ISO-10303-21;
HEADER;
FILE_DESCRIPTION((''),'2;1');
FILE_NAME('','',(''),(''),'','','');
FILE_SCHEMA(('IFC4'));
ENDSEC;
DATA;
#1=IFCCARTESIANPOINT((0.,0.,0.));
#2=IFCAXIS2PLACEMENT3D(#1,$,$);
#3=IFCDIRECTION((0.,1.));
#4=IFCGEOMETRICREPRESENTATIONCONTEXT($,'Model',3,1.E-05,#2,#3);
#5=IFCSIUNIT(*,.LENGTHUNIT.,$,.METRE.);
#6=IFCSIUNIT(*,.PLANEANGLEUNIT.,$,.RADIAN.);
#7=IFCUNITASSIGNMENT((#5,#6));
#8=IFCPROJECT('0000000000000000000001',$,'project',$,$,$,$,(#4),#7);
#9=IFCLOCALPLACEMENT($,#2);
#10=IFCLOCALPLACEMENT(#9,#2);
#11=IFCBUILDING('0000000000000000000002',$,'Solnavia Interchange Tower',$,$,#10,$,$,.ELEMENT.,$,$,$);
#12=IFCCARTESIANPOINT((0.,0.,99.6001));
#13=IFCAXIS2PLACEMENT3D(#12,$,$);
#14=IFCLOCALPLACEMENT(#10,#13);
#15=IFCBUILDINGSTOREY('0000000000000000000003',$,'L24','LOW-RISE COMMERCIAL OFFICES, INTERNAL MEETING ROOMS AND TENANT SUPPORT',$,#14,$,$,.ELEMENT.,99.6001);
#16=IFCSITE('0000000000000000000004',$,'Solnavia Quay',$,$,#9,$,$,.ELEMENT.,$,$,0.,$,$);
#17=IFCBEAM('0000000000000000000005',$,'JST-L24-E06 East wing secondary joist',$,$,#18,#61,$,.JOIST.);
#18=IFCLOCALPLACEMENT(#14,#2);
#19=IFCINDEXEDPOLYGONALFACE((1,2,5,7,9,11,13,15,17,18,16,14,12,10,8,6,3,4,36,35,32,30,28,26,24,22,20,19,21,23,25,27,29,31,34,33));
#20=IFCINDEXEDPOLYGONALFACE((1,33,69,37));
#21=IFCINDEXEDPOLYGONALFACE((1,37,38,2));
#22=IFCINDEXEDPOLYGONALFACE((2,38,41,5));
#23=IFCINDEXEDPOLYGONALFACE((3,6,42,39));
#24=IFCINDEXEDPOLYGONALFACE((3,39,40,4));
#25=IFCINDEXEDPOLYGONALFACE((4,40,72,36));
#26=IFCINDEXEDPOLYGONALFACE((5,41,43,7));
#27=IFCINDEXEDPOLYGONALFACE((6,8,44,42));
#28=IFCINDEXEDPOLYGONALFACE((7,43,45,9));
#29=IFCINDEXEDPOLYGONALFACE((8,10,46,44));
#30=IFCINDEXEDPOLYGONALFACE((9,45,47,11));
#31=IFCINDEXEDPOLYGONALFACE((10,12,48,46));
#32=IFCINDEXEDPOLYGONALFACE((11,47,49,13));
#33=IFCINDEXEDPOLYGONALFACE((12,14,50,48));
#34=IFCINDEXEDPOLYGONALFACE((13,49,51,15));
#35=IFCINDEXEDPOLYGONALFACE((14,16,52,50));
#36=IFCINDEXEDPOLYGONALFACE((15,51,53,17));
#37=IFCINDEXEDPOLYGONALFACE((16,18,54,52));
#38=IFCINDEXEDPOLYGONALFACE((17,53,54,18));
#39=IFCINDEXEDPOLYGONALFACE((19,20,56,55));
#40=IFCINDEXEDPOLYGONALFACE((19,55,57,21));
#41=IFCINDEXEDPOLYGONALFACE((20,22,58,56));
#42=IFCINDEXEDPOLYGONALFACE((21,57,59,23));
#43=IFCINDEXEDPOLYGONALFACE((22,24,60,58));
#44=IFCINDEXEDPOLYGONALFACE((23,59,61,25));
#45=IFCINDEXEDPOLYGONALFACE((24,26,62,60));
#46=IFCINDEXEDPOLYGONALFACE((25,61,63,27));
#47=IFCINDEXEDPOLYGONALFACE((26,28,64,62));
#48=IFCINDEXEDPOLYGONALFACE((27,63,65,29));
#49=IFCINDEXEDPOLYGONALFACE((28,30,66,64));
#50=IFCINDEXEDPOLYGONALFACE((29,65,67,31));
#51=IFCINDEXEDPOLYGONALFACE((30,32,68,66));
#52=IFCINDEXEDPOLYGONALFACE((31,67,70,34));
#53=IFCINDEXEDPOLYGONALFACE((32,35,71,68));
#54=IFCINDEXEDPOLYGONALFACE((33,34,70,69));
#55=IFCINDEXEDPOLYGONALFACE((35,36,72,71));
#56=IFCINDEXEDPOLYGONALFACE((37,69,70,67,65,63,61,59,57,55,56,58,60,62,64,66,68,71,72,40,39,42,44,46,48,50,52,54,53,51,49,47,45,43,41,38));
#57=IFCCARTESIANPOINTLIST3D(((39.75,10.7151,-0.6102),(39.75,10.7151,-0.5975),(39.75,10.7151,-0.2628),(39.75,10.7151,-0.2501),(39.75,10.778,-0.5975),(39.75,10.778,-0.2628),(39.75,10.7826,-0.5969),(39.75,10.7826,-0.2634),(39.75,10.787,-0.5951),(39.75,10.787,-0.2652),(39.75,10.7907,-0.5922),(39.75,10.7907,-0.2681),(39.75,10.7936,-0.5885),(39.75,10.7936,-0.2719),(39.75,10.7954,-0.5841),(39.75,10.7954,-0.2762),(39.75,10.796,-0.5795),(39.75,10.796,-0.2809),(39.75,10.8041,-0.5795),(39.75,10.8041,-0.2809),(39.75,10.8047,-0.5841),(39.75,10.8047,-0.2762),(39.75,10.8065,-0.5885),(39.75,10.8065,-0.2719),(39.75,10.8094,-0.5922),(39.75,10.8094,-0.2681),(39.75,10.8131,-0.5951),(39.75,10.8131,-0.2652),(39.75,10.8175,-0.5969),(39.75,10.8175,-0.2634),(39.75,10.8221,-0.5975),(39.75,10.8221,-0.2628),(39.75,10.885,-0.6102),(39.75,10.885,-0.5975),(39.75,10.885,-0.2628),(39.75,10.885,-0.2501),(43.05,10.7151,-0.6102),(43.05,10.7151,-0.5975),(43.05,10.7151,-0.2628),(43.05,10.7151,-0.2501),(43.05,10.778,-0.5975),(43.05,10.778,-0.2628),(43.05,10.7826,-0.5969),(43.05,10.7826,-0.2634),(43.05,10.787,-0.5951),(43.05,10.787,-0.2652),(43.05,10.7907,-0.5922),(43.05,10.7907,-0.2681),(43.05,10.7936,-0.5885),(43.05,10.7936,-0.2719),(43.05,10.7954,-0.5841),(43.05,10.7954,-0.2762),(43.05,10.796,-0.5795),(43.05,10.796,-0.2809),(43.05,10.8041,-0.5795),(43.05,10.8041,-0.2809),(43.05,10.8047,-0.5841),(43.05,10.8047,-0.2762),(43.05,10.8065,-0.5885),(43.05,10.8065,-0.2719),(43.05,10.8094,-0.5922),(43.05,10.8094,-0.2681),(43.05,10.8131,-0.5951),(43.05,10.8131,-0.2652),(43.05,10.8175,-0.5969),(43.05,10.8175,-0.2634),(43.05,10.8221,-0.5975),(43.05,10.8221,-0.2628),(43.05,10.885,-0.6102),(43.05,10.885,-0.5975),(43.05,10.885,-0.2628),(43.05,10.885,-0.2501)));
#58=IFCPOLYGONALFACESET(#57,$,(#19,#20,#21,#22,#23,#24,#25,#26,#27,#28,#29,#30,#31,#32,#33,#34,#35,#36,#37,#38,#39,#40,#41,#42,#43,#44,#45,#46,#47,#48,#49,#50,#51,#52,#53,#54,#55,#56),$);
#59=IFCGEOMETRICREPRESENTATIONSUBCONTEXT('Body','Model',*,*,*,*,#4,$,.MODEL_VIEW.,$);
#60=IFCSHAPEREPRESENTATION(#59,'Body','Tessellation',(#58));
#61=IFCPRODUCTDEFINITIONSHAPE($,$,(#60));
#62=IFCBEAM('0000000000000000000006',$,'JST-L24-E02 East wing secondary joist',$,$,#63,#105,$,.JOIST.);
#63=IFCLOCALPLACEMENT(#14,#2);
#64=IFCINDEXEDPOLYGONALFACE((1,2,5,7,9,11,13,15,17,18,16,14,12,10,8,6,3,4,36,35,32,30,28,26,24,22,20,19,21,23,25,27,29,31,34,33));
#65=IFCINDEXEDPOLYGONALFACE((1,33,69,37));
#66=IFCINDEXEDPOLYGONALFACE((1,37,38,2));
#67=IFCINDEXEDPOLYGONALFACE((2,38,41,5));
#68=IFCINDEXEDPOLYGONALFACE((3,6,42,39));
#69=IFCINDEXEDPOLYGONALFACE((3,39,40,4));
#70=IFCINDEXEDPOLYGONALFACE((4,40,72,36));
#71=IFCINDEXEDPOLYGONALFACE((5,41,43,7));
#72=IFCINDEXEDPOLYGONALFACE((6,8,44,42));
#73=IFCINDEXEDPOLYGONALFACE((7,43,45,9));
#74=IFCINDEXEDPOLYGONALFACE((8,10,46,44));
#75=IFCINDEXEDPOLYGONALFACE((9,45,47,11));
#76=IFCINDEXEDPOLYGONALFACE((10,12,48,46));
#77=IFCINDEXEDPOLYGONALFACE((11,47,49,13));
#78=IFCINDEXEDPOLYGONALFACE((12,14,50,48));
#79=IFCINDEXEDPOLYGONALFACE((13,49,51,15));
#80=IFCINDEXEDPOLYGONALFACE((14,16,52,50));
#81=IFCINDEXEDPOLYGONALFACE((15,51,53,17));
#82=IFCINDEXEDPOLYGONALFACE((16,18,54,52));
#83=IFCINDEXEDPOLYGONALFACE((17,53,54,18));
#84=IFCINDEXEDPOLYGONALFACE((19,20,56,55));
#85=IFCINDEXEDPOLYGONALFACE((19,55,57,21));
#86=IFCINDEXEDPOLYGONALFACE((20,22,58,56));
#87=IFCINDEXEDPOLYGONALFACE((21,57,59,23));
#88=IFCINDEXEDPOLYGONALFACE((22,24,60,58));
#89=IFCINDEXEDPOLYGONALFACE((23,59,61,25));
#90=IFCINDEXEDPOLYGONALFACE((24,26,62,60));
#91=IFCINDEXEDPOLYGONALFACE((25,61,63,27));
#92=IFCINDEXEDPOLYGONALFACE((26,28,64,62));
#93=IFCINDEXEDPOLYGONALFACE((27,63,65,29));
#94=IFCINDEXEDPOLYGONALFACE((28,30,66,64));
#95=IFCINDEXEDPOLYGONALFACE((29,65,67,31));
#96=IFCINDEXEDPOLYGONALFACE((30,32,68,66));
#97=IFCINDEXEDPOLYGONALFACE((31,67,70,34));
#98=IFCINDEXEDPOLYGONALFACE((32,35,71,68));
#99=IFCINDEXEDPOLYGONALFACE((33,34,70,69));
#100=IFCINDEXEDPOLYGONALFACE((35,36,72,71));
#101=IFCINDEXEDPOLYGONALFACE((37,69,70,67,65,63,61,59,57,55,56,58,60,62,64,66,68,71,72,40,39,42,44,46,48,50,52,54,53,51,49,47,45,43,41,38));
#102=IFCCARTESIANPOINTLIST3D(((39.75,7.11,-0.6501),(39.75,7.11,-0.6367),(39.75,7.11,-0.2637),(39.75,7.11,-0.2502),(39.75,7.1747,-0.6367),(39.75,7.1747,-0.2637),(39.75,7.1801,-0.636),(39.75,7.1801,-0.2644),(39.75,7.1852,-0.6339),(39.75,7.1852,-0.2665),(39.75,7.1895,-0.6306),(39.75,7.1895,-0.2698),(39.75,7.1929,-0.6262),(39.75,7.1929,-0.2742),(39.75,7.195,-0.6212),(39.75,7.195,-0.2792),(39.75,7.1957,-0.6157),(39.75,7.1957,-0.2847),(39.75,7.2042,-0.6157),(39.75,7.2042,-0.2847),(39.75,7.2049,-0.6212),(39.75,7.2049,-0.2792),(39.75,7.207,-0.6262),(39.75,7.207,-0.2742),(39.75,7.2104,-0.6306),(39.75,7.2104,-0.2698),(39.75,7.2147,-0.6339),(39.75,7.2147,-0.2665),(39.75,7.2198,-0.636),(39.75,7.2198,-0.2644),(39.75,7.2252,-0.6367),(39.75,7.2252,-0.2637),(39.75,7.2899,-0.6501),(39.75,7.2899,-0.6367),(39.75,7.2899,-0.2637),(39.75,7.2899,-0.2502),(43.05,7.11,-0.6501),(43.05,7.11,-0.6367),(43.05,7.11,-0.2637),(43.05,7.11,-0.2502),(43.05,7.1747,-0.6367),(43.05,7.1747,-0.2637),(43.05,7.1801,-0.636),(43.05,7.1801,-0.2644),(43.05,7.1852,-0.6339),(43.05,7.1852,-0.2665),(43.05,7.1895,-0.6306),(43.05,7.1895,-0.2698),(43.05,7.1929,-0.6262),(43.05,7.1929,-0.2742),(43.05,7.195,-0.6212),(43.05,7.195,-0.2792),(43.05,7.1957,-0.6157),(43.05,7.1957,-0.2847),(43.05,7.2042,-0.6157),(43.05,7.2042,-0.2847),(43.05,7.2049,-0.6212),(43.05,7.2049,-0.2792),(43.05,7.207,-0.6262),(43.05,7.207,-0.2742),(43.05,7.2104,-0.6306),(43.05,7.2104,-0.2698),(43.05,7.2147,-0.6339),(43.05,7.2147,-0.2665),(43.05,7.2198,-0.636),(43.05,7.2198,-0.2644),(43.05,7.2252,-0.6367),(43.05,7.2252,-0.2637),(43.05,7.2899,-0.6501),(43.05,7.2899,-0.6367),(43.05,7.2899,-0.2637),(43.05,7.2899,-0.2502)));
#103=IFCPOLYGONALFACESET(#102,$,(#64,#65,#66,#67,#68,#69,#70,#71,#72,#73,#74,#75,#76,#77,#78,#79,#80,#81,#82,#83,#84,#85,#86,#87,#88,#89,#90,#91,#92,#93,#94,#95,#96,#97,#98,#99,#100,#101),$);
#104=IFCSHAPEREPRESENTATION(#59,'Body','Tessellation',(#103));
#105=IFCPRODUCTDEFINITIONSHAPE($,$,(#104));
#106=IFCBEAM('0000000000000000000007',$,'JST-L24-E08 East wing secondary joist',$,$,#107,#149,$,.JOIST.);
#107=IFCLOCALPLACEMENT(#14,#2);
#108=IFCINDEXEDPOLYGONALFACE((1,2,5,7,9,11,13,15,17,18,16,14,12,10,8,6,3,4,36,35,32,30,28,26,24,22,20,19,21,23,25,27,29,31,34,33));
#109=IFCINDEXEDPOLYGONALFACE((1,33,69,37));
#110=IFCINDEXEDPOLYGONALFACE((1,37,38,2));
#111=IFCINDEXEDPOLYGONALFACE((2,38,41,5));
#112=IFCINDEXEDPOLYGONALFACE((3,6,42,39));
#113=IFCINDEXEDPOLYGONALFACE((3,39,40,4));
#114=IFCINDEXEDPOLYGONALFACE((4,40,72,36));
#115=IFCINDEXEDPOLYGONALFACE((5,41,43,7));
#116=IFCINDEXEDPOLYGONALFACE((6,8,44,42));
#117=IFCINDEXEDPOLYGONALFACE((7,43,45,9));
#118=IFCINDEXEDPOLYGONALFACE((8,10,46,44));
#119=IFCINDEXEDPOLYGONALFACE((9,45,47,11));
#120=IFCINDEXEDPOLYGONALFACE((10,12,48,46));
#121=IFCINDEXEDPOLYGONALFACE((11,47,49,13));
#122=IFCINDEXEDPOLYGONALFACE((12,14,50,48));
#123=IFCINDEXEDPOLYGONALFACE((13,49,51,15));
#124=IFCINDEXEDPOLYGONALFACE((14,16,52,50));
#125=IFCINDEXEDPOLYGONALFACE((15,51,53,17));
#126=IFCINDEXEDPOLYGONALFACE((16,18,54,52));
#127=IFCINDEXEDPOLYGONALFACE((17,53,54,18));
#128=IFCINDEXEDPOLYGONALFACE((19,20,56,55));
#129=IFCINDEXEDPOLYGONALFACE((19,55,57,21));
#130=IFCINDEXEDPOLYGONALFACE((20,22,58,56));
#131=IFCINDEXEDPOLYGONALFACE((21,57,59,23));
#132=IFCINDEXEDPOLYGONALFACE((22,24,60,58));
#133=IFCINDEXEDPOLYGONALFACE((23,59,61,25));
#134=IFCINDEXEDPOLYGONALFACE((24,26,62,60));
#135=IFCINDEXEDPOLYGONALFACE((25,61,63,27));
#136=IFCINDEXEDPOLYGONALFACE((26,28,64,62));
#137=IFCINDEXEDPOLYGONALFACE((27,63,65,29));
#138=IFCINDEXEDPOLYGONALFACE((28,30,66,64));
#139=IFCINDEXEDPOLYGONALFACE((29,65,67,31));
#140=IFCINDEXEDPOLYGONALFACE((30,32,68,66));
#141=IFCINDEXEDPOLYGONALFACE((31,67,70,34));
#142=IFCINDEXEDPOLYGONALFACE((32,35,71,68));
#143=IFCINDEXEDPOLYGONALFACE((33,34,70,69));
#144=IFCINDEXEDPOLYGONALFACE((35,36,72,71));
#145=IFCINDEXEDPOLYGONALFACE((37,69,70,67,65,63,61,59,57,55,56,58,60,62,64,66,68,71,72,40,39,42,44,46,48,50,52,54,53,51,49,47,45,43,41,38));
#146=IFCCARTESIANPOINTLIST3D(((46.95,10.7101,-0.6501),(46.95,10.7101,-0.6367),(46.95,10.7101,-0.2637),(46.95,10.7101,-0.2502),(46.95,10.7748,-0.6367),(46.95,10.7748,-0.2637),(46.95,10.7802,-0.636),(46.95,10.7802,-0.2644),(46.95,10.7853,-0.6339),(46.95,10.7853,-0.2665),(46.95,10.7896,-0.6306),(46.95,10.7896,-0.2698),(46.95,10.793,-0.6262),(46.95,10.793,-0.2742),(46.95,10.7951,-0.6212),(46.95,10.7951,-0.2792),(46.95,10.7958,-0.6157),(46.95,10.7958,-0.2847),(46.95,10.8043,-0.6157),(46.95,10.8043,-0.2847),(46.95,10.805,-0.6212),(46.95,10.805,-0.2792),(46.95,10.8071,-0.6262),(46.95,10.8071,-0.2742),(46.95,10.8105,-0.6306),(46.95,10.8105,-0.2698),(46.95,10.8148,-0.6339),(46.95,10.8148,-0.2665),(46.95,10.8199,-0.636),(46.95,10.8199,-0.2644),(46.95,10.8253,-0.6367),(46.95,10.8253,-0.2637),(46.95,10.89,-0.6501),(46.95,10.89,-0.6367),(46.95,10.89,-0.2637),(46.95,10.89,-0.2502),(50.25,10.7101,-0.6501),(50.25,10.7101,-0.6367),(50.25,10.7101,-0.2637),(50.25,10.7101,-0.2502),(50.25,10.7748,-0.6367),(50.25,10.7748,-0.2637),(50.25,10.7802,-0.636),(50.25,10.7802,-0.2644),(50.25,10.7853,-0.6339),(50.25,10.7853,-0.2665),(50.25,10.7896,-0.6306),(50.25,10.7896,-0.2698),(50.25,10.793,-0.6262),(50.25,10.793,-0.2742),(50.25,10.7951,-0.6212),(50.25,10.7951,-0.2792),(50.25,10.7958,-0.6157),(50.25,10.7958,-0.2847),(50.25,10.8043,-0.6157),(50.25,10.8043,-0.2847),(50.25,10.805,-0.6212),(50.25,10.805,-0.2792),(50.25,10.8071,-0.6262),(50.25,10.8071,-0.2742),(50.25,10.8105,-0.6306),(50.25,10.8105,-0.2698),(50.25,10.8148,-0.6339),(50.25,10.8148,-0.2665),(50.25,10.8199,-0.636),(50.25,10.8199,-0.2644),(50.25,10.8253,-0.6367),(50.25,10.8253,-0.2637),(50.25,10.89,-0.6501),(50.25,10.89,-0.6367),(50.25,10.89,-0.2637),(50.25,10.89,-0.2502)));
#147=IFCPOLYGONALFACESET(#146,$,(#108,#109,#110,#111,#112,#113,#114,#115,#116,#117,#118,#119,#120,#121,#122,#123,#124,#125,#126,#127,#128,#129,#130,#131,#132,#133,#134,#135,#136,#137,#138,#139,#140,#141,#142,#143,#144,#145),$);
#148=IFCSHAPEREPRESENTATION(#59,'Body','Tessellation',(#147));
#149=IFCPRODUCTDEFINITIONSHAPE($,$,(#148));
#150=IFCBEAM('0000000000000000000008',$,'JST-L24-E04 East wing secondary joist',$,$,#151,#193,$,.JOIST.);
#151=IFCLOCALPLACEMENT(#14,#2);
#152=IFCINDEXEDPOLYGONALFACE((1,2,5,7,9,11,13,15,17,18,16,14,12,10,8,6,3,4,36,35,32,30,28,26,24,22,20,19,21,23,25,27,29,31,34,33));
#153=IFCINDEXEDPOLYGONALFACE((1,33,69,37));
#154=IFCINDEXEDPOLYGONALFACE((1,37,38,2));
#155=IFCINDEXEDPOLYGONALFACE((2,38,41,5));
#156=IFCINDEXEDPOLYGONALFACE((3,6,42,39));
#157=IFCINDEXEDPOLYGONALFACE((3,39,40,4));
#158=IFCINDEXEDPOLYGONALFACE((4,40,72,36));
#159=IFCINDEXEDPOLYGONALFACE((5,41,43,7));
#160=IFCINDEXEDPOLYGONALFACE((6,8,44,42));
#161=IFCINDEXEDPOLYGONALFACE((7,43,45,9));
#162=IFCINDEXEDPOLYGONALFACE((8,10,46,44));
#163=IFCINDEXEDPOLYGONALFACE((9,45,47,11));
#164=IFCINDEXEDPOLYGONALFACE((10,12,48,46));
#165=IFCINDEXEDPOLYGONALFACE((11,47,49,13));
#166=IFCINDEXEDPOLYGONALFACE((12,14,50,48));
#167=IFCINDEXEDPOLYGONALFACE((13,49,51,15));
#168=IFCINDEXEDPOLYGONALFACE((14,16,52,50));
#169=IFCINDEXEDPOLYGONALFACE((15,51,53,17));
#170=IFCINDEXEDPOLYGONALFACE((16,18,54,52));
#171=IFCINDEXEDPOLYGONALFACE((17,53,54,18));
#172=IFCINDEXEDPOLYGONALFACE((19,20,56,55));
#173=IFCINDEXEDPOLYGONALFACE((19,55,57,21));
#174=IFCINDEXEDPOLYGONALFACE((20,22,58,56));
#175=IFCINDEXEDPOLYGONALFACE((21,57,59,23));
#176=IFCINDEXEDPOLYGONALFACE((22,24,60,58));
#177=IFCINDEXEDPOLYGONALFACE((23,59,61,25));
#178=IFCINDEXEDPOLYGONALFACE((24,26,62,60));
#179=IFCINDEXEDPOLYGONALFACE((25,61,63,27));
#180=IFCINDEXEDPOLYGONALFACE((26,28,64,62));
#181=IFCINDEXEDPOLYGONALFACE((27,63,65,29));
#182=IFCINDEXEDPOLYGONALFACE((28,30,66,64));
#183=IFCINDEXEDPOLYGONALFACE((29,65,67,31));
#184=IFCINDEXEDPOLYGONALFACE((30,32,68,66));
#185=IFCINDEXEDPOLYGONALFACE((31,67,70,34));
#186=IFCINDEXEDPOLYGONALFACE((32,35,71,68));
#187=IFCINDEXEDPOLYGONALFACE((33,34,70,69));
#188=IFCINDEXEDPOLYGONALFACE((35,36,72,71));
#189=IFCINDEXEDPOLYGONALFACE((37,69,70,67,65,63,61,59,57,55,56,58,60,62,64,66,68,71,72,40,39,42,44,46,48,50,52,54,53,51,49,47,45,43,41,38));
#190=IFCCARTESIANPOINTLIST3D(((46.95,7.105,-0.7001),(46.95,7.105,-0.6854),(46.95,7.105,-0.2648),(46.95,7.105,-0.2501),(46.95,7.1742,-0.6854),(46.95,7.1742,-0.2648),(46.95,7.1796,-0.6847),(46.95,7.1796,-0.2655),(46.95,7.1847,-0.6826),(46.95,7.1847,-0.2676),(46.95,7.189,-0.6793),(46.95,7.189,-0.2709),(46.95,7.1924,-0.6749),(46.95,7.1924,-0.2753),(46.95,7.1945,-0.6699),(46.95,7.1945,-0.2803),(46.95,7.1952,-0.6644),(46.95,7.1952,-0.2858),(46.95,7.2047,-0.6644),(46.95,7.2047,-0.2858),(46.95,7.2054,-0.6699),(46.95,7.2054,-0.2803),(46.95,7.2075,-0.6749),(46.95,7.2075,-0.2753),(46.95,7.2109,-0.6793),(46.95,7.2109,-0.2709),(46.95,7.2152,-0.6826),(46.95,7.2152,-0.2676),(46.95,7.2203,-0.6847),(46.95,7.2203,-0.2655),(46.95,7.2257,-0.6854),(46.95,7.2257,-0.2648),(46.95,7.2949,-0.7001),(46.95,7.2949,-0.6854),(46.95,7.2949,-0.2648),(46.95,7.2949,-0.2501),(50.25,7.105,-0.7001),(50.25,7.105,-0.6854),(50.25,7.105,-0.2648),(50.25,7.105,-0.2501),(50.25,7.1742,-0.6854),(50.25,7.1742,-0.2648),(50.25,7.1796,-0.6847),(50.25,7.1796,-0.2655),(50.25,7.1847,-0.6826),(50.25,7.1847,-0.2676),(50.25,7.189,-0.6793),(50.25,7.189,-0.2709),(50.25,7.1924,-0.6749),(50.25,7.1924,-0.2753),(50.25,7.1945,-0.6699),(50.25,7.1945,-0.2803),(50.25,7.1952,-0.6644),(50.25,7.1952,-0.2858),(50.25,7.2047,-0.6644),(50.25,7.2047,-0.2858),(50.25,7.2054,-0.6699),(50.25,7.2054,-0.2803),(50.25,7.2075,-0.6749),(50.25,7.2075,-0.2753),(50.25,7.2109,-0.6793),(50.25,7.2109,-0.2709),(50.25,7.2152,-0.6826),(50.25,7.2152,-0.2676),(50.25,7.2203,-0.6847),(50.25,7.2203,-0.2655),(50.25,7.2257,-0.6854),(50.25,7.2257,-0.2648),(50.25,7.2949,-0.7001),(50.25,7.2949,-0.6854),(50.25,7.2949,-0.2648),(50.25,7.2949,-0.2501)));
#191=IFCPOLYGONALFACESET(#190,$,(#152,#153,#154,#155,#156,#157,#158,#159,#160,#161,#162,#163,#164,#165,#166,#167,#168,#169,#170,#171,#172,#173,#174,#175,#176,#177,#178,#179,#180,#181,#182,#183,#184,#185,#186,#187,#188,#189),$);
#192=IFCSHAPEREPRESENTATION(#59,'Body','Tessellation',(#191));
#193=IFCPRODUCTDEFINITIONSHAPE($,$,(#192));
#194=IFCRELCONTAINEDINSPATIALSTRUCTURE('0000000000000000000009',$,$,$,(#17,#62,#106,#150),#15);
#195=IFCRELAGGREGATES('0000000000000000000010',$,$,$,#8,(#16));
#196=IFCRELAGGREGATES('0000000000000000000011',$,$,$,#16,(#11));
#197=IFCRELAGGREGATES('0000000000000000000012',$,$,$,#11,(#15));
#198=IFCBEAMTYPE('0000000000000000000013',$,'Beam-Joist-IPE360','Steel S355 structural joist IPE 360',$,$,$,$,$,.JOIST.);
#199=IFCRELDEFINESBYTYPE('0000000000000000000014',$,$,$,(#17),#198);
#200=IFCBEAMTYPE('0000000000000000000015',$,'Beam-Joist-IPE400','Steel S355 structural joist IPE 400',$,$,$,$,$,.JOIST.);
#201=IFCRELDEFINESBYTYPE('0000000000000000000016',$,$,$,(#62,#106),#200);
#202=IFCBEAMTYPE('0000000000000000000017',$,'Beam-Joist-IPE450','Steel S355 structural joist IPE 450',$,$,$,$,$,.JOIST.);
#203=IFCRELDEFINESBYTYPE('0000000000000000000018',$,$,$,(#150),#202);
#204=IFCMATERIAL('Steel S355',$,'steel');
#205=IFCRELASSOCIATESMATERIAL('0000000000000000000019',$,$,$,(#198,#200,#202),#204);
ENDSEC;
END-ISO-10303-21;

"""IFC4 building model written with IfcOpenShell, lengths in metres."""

from ifc_helpers import new_model, si_unit, direction, frame, origin, origin_2d, place, context, subcontext, project, spatial, i_section, extrude, material, material_profile, profile_set, type_object, element, save


model = new_model("IFC4")

# Units and contexts
model_context = context("Model", 3, precision=1e-05, world=origin(), true_north=direction((0.0, 1.0)))
body_context = subcontext(model_context, "Body", "Model", "MODEL_VIEW")
ifc_project = project(units=[si_unit("LENGTHUNIT", "METRE"), si_unit("PLANEANGLEUNIT", "RADIAN")], contexts=[model_context])

# Site, building, storey
site_placement = place(None, origin())
site = spatial("IfcSite", under=ifc_project, at=site_placement, Name="Solnavia Quay", CompositionType="ELEMENT", RefElevation=0.0)
building_placement = place(site_placement, origin())
building = spatial("IfcBuilding", under=site, at=building_placement, Name="Solnavia Interchange Tower", CompositionType="ELEMENT")
storey_placement = place(building_placement, frame((0.0, 0.0, 99.6001)))
storey = spatial("IfcBuildingStorey", under=building, at=storey_placement, Name="L24", Description="LOW-RISE COMMERCIAL OFFICES, INTERNAL MEETING ROOMS AND TENANT SUPPORT", CompositionType="ELEMENT", Elevation=99.6001)

# Shared definitions
ifc_material_1 = material(Name="Steel S355", Category="steel")

# Beams
ifc_material_profile_1 = material_profile(ifc_material_1, i_section(OverallWidth=0.1699, OverallDepth=0.3601, WebThickness=0.0081, FlangeThickness=0.0127, FilletRadius=0.0181, at=origin_2d()), Name="IPE 360")
ifc_profile_set_1 = profile_set([ifc_material_profile_1], Name="Steel S355")
beam_type_1 = type_object("IfcBeamType", Name="Beam-Joist-IPE360", Description="Steel S355 structural joist IPE 360", PredefinedType="JOIST", material=ifc_profile_set_1)
beam_1_placement = place(storey_placement, frame((39.75, 10.8, -0.4302), z_axis=(1.0, 0.0, 0.0), x_axis=(0.0, 1.0, 0.0)))
element("IfcBeam", 1, at=beam_1_placement, inside=storey, type_object=beam_type_1, Name="JST-L24-E06 East wing secondary joist", PredefinedType="JOIST", context=body_context, shape_type="SweptSolid", body=[
    extrude(i_section(OverallWidth=0.1699, OverallDepth=0.3601, WebThickness=0.0081, FlangeThickness=0.0127, FilletRadius=0.0181, at=origin_2d()), origin(), (0.0, 0.0, 1.0), 3.3),
])
ifc_material_profile_2 = material_profile(ifc_material_1, i_section(OverallWidth=0.1799, OverallDepth=0.3999, WebThickness=0.0085, FlangeThickness=0.0134, FilletRadius=0.021, at=origin_2d()), Name="IPE 400")
ifc_profile_set_2 = profile_set([ifc_material_profile_2], Name="Steel S355")
beam_type_2 = type_object("IfcBeamType", Name="Beam-Joist-IPE400", Description="Steel S355 structural joist IPE 400", PredefinedType="JOIST", material=ifc_profile_set_2)
for number, where, z_axis, x_axis, name in (
    (2, (39.75, 7.2, -0.4502), (1.0, 0.0, 0.0), (0.0, 1.0, 0.0), "JST-L24-E02 East wing secondary joist"),
    (3, (46.95, 10.8, -0.4502), (1.0, 0.0, 0.0), (0.0, 1.0, 0.0), "JST-L24-E08 East wing secondary joist"),
):
    element("IfcBeam", number, at=place(storey_placement, frame(where, z_axis=z_axis, x_axis=x_axis)), inside=storey, type_object=beam_type_2, Name=name, PredefinedType="JOIST", context=body_context, shape_type="SweptSolid", body=[
        extrude(i_section(OverallWidth=0.1799, OverallDepth=0.3999, WebThickness=0.0085, FlangeThickness=0.0134, FilletRadius=0.021, at=origin_2d()), origin(), (0.0, 0.0, 1.0), 3.3),
    ])
ifc_material_profile_3 = material_profile(ifc_material_1, i_section(OverallWidth=0.1899, OverallDepth=0.45, WebThickness=0.0095, FlangeThickness=0.0146, FilletRadius=0.021, at=origin_2d()), Name="IPE 450")
ifc_profile_set_3 = profile_set([ifc_material_profile_3], Name="Steel S355")
beam_type_3 = type_object("IfcBeamType", Name="Beam-Joist-IPE450", Description="Steel S355 structural joist IPE 450", PredefinedType="JOIST", material=ifc_profile_set_3)
beam_2_placement = place(storey_placement, frame((46.95, 7.2, -0.4751), z_axis=(1.0, 0.0, 0.0), x_axis=(0.0, 1.0, 0.0)))
element("IfcBeam", 4, at=beam_2_placement, inside=storey, type_object=beam_type_3, Name="JST-L24-E04 East wing secondary joist", PredefinedType="JOIST", context=body_context, shape_type="SweptSolid", body=[
    extrude(i_section(OverallWidth=0.1899, OverallDepth=0.45, WebThickness=0.0095, FlangeThickness=0.0146, FilletRadius=0.021, at=origin_2d()), origin(), (0.0, 0.0, 1.0), 3.3),
])

save(model, "model.ifc")
